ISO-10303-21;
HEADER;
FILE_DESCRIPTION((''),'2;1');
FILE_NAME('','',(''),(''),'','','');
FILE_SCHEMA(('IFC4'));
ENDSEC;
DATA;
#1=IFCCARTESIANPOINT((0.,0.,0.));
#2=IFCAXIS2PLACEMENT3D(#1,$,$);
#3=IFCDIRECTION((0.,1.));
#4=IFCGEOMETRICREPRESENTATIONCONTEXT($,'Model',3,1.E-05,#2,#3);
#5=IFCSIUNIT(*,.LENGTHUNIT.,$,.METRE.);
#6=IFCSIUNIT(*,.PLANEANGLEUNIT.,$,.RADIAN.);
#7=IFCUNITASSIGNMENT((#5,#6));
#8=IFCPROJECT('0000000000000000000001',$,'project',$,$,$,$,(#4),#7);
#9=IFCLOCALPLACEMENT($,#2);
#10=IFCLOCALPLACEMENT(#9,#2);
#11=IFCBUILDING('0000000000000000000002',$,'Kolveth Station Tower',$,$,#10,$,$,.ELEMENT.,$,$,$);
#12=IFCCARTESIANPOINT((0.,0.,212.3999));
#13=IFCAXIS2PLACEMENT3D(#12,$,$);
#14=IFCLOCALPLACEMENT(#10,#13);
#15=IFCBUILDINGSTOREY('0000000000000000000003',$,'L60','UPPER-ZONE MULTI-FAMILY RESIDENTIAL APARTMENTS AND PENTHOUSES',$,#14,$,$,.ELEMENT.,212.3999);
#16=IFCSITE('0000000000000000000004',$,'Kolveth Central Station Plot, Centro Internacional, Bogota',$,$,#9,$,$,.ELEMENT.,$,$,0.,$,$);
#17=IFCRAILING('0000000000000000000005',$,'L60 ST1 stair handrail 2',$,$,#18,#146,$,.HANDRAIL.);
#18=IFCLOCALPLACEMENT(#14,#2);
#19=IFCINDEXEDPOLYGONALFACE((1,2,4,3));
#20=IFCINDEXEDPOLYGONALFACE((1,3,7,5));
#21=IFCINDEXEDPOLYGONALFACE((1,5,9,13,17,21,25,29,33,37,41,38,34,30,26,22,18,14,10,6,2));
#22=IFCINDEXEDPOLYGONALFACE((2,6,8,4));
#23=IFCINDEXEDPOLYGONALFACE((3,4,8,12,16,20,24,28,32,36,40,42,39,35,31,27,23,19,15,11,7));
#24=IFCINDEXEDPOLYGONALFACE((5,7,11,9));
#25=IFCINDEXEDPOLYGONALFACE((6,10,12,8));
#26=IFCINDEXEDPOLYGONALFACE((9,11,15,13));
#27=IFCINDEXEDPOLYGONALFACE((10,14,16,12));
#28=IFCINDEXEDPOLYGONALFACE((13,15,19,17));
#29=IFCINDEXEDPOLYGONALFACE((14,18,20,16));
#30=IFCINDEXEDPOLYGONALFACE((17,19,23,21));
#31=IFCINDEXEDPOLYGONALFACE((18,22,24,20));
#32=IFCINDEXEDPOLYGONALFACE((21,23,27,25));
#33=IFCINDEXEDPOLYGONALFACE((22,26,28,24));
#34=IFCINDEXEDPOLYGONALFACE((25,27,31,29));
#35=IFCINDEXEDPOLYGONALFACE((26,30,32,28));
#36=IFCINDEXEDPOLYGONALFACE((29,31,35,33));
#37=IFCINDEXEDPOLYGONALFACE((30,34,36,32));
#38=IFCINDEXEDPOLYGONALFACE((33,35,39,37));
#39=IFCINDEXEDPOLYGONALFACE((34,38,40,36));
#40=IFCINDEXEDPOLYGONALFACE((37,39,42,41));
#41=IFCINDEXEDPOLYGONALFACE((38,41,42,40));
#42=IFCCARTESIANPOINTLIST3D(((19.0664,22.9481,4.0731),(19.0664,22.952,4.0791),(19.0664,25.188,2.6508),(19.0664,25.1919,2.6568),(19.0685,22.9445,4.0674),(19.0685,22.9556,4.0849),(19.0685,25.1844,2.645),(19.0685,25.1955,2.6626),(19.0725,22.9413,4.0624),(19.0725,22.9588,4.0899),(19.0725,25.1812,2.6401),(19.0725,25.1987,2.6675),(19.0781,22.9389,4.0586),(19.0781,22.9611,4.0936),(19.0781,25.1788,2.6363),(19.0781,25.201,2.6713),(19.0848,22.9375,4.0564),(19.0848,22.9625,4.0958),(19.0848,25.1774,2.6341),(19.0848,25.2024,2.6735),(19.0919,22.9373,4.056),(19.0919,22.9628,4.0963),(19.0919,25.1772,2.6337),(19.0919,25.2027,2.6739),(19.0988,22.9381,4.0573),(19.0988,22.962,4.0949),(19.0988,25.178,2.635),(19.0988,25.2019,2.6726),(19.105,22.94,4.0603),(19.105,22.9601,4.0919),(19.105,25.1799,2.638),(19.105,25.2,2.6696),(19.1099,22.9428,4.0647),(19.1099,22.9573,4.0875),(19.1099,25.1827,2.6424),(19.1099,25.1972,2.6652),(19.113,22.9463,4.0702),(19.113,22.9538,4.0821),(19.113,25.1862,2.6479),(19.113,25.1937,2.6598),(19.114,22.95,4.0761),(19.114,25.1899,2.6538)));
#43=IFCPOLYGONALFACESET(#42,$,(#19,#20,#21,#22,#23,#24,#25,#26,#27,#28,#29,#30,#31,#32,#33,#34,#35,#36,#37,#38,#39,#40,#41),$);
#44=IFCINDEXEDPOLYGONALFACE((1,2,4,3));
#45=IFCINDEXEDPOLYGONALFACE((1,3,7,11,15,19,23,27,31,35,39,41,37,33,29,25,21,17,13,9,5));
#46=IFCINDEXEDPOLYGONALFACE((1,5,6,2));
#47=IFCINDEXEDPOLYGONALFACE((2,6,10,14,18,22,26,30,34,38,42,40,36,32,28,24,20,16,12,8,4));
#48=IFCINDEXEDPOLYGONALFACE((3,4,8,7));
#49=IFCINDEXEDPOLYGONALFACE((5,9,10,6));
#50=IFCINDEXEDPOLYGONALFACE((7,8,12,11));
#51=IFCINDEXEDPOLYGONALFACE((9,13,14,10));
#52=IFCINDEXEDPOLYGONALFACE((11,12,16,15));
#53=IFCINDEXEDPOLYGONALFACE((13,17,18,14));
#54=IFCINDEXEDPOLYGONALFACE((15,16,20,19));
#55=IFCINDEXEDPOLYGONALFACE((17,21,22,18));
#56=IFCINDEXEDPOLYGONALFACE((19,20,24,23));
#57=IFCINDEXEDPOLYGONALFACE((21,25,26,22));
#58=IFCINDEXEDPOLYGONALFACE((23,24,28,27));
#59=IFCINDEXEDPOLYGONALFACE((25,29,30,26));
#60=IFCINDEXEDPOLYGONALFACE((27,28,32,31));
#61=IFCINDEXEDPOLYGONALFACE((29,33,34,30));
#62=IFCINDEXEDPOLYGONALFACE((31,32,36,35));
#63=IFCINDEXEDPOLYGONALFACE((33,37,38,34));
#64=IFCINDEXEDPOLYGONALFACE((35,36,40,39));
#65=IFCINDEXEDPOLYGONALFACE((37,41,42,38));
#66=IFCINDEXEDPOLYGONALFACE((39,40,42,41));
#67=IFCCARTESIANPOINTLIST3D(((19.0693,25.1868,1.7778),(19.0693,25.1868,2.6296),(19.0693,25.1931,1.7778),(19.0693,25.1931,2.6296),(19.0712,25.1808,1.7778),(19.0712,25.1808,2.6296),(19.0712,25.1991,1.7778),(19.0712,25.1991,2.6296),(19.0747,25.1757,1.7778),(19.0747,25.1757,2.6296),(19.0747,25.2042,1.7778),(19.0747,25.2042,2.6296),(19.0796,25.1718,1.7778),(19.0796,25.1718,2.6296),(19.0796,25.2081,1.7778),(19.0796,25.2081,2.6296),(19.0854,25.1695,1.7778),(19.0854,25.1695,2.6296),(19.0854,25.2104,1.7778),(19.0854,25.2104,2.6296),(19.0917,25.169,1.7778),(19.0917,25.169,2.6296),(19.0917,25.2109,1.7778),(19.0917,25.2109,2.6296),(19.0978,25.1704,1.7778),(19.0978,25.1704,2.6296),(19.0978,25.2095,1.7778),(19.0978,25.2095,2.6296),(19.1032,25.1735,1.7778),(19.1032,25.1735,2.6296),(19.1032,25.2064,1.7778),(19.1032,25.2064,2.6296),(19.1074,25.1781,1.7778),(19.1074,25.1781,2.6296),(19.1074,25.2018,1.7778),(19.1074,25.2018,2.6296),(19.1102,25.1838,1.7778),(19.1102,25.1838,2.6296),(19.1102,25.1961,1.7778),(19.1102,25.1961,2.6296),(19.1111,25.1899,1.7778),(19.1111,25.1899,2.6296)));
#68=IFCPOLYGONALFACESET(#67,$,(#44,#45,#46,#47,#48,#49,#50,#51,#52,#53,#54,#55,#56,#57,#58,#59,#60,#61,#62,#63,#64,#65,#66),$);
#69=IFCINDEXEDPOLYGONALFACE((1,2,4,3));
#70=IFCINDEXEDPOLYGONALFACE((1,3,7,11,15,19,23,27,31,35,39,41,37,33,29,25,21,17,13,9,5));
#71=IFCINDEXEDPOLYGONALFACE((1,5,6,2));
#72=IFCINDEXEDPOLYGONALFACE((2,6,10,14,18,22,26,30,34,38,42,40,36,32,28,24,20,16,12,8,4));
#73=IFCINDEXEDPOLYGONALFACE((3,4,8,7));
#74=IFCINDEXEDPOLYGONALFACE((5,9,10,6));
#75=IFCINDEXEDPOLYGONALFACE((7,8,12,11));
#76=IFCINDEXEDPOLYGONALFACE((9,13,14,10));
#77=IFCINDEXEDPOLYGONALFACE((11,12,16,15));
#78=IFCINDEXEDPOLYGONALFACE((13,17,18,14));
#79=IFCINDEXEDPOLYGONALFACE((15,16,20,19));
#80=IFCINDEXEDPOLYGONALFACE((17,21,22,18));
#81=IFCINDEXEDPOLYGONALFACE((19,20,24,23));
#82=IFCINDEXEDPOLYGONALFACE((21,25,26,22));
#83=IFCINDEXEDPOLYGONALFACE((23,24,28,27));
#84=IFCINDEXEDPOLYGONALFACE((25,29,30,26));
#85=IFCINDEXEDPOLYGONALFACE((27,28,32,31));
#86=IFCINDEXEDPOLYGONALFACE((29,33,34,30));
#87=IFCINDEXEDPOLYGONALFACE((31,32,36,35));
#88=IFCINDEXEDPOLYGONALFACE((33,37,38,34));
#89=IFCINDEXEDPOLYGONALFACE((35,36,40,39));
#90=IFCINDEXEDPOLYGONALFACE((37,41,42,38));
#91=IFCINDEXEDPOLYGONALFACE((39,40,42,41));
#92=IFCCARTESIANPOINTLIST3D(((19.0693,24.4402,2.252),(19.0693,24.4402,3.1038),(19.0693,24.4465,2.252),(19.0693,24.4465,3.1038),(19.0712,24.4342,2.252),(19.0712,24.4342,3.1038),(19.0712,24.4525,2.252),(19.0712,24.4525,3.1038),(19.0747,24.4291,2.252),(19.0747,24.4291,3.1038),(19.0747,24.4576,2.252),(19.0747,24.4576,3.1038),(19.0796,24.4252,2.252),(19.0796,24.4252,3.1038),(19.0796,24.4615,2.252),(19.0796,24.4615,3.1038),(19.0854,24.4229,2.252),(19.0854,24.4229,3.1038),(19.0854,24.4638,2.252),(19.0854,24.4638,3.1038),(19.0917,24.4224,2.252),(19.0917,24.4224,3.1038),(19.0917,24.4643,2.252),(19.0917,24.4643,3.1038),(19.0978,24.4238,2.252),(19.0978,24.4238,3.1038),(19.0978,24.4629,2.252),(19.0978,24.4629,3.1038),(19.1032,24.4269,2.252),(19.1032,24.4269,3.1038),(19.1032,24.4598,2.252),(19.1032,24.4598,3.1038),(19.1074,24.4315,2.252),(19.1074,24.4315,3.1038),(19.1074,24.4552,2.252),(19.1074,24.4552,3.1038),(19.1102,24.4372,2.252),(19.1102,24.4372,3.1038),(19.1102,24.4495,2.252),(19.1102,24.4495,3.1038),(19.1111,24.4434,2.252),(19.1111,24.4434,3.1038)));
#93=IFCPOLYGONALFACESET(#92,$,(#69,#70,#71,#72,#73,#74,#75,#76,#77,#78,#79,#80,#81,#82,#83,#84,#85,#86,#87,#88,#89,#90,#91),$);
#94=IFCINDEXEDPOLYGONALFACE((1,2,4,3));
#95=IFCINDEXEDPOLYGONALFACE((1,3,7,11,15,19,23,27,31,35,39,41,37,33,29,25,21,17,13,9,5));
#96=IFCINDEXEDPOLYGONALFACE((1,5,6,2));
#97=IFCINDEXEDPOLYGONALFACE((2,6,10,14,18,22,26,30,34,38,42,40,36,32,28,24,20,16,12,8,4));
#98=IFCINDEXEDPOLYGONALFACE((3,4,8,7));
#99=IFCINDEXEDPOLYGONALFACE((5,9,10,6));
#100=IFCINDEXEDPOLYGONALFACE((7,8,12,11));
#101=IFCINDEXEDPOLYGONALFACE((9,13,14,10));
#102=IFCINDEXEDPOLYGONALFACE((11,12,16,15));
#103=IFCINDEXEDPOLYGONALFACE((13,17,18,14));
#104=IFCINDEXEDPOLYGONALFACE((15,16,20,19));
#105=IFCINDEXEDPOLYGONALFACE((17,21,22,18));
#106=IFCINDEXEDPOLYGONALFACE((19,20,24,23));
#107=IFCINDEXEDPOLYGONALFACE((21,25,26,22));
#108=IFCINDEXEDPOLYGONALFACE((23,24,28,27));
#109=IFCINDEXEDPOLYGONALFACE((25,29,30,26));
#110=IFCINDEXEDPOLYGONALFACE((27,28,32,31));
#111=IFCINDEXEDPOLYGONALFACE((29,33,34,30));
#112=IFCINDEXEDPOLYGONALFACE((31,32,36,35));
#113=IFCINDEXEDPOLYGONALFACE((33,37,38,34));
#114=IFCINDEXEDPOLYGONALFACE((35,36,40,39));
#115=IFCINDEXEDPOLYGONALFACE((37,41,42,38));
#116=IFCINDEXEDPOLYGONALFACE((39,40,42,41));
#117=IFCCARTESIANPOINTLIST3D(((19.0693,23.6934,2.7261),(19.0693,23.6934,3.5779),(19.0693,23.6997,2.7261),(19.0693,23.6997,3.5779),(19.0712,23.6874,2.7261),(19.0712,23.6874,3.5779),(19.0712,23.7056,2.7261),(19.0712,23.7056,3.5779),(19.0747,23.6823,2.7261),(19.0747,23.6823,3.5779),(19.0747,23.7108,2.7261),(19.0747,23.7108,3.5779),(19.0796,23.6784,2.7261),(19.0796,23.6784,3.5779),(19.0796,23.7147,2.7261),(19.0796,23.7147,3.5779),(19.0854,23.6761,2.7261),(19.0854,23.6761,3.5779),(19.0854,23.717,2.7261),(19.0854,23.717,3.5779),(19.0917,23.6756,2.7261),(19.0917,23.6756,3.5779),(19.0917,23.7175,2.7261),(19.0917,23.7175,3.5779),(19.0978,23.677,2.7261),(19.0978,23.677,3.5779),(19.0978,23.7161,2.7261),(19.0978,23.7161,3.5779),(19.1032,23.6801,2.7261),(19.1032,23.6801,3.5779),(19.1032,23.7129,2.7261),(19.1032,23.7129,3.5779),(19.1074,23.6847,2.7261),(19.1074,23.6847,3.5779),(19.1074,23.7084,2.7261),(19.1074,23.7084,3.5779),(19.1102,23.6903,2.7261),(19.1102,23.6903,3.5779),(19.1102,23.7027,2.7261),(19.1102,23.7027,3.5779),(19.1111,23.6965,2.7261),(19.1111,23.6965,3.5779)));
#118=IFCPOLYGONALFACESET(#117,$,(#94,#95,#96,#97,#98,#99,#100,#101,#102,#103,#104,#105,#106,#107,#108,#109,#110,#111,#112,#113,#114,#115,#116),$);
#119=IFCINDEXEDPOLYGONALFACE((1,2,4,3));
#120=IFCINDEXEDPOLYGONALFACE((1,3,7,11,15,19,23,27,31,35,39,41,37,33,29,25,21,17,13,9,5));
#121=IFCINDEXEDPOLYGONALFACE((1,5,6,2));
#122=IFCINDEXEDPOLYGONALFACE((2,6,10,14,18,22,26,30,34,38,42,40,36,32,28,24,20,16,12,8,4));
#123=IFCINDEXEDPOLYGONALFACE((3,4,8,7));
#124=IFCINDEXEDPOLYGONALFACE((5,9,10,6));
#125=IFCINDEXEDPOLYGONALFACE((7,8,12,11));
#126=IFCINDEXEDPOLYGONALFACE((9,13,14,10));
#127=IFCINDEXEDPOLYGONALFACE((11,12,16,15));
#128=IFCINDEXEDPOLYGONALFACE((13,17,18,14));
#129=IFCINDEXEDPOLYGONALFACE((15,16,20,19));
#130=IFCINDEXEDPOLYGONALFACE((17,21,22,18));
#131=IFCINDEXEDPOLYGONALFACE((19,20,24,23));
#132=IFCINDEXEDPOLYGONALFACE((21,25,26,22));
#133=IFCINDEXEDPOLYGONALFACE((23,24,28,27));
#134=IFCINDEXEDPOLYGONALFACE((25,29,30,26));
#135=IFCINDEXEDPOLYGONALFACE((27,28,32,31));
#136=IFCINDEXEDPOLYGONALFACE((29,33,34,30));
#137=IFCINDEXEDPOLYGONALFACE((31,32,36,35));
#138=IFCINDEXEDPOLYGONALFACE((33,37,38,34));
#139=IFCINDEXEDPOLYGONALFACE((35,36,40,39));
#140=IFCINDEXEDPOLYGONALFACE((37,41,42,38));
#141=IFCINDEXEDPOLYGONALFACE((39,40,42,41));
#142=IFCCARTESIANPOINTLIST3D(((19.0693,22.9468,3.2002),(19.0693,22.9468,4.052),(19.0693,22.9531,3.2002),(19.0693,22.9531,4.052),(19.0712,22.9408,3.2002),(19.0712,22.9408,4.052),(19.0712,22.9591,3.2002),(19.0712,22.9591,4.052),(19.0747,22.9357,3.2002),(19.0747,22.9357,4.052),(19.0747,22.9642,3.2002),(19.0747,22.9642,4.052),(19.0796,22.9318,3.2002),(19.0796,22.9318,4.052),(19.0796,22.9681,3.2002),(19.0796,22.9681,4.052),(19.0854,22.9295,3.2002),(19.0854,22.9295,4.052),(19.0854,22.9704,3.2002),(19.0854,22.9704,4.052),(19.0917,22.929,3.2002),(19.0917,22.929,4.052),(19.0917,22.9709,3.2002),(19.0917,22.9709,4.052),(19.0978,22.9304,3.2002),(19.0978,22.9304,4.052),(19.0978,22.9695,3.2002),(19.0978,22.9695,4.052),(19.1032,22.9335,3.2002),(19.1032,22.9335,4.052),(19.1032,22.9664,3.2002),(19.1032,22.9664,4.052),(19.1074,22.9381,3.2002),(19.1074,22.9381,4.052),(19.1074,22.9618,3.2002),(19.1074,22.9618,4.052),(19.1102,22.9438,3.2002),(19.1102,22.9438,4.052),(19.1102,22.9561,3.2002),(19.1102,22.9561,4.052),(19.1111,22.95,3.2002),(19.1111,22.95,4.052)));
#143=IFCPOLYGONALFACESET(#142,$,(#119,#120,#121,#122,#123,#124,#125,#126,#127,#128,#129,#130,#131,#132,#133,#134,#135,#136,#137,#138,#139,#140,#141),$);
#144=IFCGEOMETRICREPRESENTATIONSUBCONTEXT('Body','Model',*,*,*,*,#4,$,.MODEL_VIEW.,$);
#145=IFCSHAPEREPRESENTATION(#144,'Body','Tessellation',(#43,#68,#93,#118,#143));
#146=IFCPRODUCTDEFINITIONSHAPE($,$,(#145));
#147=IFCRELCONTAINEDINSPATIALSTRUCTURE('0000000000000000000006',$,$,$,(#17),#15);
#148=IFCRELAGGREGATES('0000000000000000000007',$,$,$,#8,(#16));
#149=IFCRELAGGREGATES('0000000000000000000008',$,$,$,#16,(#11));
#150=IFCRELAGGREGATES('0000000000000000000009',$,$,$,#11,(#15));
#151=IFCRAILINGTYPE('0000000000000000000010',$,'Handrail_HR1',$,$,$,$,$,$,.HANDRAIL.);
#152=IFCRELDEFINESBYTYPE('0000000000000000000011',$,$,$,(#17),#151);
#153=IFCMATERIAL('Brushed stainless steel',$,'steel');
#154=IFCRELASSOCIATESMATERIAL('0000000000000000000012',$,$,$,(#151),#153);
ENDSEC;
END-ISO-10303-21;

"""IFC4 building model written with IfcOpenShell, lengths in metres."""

from ifc_helpers import new_model, si_unit, direction, frame, origin, origin_2d, place, context, subcontext, project, spatial, circle, extrude, material, type_object, element, save


model = new_model("IFC4")

# Units and contexts
model_context = context("Model", 3, precision=1e-05, world=origin(), true_north=direction((0.0, 1.0)))
body_context = subcontext(model_context, "Body", "Model", "MODEL_VIEW")
ifc_project = project(units=[si_unit("LENGTHUNIT", "METRE"), si_unit("PLANEANGLEUNIT", "RADIAN")], contexts=[model_context])

# Site, building, storey
site_placement = place(None, origin())
site = spatial("IfcSite", under=ifc_project, at=site_placement, Name="Kolveth Central Station Plot, Centro Internacional, Bogota", CompositionType="ELEMENT", RefElevation=0.0)
building_placement = place(site_placement, origin())
building = spatial("IfcBuilding", under=site, at=building_placement, Name="Kolveth Station Tower", CompositionType="ELEMENT")
storey_placement = place(building_placement, frame((0.0, 0.0, 212.3999)))
storey = spatial("IfcBuildingStorey", under=building, at=storey_placement, Name="L60", Description="UPPER-ZONE MULTI-FAMILY RESIDENTIAL APARTMENTS AND PENTHOUSES", CompositionType="ELEMENT", Elevation=212.3999)

# Railing
ifc_material_1 = material(Name="Brushed stainless steel", Category="steel")
railing_type_1 = type_object("IfcRailingType", Name="Handrail_HR1", PredefinedType="HANDRAIL", material=ifc_material_1)
for number, where, name in (
    (1, (19.0901, 25.1899, 1.7778), "L60 ST1 stair handrail 2"),
):
    element("IfcRailing", number, at=place(storey_placement, frame(where)), inside=storey, type_object=railing_type_1, Name=name, PredefinedType="HANDRAIL", context=body_context, shape_type="SweptSolid", body=[
        extrude(circle(Radius=0.0239, at=origin_2d()), frame((0.0, 0.0, 0.876), z_axis=(0.0, -0.844188, 0.536048), x_axis=(1.0, 0.0, 0.0)), (0.0, 0.0, 1.0), 2.6533),
        extrude(circle(Radius=0.021, at=origin_2d()), origin(), (0.0, 0.0, 1.0), 0.8518),
        extrude(circle(Radius=0.021, at=origin_2d()), frame((0.0, -0.7466, 0.4741)), (0.0, 0.0, 1.0), 0.8518),
        extrude(circle(Radius=0.021, at=origin_2d()), frame((0.0, -1.4934, 0.9482)), (0.0, 0.0, 1.0), 0.8518),
        extrude(circle(Radius=0.021, at=origin_2d()), frame((0.0, -2.24, 1.4224)), (0.0, 0.0, 1.0), 0.8518),
    ])

save(model, "model.ifc")
